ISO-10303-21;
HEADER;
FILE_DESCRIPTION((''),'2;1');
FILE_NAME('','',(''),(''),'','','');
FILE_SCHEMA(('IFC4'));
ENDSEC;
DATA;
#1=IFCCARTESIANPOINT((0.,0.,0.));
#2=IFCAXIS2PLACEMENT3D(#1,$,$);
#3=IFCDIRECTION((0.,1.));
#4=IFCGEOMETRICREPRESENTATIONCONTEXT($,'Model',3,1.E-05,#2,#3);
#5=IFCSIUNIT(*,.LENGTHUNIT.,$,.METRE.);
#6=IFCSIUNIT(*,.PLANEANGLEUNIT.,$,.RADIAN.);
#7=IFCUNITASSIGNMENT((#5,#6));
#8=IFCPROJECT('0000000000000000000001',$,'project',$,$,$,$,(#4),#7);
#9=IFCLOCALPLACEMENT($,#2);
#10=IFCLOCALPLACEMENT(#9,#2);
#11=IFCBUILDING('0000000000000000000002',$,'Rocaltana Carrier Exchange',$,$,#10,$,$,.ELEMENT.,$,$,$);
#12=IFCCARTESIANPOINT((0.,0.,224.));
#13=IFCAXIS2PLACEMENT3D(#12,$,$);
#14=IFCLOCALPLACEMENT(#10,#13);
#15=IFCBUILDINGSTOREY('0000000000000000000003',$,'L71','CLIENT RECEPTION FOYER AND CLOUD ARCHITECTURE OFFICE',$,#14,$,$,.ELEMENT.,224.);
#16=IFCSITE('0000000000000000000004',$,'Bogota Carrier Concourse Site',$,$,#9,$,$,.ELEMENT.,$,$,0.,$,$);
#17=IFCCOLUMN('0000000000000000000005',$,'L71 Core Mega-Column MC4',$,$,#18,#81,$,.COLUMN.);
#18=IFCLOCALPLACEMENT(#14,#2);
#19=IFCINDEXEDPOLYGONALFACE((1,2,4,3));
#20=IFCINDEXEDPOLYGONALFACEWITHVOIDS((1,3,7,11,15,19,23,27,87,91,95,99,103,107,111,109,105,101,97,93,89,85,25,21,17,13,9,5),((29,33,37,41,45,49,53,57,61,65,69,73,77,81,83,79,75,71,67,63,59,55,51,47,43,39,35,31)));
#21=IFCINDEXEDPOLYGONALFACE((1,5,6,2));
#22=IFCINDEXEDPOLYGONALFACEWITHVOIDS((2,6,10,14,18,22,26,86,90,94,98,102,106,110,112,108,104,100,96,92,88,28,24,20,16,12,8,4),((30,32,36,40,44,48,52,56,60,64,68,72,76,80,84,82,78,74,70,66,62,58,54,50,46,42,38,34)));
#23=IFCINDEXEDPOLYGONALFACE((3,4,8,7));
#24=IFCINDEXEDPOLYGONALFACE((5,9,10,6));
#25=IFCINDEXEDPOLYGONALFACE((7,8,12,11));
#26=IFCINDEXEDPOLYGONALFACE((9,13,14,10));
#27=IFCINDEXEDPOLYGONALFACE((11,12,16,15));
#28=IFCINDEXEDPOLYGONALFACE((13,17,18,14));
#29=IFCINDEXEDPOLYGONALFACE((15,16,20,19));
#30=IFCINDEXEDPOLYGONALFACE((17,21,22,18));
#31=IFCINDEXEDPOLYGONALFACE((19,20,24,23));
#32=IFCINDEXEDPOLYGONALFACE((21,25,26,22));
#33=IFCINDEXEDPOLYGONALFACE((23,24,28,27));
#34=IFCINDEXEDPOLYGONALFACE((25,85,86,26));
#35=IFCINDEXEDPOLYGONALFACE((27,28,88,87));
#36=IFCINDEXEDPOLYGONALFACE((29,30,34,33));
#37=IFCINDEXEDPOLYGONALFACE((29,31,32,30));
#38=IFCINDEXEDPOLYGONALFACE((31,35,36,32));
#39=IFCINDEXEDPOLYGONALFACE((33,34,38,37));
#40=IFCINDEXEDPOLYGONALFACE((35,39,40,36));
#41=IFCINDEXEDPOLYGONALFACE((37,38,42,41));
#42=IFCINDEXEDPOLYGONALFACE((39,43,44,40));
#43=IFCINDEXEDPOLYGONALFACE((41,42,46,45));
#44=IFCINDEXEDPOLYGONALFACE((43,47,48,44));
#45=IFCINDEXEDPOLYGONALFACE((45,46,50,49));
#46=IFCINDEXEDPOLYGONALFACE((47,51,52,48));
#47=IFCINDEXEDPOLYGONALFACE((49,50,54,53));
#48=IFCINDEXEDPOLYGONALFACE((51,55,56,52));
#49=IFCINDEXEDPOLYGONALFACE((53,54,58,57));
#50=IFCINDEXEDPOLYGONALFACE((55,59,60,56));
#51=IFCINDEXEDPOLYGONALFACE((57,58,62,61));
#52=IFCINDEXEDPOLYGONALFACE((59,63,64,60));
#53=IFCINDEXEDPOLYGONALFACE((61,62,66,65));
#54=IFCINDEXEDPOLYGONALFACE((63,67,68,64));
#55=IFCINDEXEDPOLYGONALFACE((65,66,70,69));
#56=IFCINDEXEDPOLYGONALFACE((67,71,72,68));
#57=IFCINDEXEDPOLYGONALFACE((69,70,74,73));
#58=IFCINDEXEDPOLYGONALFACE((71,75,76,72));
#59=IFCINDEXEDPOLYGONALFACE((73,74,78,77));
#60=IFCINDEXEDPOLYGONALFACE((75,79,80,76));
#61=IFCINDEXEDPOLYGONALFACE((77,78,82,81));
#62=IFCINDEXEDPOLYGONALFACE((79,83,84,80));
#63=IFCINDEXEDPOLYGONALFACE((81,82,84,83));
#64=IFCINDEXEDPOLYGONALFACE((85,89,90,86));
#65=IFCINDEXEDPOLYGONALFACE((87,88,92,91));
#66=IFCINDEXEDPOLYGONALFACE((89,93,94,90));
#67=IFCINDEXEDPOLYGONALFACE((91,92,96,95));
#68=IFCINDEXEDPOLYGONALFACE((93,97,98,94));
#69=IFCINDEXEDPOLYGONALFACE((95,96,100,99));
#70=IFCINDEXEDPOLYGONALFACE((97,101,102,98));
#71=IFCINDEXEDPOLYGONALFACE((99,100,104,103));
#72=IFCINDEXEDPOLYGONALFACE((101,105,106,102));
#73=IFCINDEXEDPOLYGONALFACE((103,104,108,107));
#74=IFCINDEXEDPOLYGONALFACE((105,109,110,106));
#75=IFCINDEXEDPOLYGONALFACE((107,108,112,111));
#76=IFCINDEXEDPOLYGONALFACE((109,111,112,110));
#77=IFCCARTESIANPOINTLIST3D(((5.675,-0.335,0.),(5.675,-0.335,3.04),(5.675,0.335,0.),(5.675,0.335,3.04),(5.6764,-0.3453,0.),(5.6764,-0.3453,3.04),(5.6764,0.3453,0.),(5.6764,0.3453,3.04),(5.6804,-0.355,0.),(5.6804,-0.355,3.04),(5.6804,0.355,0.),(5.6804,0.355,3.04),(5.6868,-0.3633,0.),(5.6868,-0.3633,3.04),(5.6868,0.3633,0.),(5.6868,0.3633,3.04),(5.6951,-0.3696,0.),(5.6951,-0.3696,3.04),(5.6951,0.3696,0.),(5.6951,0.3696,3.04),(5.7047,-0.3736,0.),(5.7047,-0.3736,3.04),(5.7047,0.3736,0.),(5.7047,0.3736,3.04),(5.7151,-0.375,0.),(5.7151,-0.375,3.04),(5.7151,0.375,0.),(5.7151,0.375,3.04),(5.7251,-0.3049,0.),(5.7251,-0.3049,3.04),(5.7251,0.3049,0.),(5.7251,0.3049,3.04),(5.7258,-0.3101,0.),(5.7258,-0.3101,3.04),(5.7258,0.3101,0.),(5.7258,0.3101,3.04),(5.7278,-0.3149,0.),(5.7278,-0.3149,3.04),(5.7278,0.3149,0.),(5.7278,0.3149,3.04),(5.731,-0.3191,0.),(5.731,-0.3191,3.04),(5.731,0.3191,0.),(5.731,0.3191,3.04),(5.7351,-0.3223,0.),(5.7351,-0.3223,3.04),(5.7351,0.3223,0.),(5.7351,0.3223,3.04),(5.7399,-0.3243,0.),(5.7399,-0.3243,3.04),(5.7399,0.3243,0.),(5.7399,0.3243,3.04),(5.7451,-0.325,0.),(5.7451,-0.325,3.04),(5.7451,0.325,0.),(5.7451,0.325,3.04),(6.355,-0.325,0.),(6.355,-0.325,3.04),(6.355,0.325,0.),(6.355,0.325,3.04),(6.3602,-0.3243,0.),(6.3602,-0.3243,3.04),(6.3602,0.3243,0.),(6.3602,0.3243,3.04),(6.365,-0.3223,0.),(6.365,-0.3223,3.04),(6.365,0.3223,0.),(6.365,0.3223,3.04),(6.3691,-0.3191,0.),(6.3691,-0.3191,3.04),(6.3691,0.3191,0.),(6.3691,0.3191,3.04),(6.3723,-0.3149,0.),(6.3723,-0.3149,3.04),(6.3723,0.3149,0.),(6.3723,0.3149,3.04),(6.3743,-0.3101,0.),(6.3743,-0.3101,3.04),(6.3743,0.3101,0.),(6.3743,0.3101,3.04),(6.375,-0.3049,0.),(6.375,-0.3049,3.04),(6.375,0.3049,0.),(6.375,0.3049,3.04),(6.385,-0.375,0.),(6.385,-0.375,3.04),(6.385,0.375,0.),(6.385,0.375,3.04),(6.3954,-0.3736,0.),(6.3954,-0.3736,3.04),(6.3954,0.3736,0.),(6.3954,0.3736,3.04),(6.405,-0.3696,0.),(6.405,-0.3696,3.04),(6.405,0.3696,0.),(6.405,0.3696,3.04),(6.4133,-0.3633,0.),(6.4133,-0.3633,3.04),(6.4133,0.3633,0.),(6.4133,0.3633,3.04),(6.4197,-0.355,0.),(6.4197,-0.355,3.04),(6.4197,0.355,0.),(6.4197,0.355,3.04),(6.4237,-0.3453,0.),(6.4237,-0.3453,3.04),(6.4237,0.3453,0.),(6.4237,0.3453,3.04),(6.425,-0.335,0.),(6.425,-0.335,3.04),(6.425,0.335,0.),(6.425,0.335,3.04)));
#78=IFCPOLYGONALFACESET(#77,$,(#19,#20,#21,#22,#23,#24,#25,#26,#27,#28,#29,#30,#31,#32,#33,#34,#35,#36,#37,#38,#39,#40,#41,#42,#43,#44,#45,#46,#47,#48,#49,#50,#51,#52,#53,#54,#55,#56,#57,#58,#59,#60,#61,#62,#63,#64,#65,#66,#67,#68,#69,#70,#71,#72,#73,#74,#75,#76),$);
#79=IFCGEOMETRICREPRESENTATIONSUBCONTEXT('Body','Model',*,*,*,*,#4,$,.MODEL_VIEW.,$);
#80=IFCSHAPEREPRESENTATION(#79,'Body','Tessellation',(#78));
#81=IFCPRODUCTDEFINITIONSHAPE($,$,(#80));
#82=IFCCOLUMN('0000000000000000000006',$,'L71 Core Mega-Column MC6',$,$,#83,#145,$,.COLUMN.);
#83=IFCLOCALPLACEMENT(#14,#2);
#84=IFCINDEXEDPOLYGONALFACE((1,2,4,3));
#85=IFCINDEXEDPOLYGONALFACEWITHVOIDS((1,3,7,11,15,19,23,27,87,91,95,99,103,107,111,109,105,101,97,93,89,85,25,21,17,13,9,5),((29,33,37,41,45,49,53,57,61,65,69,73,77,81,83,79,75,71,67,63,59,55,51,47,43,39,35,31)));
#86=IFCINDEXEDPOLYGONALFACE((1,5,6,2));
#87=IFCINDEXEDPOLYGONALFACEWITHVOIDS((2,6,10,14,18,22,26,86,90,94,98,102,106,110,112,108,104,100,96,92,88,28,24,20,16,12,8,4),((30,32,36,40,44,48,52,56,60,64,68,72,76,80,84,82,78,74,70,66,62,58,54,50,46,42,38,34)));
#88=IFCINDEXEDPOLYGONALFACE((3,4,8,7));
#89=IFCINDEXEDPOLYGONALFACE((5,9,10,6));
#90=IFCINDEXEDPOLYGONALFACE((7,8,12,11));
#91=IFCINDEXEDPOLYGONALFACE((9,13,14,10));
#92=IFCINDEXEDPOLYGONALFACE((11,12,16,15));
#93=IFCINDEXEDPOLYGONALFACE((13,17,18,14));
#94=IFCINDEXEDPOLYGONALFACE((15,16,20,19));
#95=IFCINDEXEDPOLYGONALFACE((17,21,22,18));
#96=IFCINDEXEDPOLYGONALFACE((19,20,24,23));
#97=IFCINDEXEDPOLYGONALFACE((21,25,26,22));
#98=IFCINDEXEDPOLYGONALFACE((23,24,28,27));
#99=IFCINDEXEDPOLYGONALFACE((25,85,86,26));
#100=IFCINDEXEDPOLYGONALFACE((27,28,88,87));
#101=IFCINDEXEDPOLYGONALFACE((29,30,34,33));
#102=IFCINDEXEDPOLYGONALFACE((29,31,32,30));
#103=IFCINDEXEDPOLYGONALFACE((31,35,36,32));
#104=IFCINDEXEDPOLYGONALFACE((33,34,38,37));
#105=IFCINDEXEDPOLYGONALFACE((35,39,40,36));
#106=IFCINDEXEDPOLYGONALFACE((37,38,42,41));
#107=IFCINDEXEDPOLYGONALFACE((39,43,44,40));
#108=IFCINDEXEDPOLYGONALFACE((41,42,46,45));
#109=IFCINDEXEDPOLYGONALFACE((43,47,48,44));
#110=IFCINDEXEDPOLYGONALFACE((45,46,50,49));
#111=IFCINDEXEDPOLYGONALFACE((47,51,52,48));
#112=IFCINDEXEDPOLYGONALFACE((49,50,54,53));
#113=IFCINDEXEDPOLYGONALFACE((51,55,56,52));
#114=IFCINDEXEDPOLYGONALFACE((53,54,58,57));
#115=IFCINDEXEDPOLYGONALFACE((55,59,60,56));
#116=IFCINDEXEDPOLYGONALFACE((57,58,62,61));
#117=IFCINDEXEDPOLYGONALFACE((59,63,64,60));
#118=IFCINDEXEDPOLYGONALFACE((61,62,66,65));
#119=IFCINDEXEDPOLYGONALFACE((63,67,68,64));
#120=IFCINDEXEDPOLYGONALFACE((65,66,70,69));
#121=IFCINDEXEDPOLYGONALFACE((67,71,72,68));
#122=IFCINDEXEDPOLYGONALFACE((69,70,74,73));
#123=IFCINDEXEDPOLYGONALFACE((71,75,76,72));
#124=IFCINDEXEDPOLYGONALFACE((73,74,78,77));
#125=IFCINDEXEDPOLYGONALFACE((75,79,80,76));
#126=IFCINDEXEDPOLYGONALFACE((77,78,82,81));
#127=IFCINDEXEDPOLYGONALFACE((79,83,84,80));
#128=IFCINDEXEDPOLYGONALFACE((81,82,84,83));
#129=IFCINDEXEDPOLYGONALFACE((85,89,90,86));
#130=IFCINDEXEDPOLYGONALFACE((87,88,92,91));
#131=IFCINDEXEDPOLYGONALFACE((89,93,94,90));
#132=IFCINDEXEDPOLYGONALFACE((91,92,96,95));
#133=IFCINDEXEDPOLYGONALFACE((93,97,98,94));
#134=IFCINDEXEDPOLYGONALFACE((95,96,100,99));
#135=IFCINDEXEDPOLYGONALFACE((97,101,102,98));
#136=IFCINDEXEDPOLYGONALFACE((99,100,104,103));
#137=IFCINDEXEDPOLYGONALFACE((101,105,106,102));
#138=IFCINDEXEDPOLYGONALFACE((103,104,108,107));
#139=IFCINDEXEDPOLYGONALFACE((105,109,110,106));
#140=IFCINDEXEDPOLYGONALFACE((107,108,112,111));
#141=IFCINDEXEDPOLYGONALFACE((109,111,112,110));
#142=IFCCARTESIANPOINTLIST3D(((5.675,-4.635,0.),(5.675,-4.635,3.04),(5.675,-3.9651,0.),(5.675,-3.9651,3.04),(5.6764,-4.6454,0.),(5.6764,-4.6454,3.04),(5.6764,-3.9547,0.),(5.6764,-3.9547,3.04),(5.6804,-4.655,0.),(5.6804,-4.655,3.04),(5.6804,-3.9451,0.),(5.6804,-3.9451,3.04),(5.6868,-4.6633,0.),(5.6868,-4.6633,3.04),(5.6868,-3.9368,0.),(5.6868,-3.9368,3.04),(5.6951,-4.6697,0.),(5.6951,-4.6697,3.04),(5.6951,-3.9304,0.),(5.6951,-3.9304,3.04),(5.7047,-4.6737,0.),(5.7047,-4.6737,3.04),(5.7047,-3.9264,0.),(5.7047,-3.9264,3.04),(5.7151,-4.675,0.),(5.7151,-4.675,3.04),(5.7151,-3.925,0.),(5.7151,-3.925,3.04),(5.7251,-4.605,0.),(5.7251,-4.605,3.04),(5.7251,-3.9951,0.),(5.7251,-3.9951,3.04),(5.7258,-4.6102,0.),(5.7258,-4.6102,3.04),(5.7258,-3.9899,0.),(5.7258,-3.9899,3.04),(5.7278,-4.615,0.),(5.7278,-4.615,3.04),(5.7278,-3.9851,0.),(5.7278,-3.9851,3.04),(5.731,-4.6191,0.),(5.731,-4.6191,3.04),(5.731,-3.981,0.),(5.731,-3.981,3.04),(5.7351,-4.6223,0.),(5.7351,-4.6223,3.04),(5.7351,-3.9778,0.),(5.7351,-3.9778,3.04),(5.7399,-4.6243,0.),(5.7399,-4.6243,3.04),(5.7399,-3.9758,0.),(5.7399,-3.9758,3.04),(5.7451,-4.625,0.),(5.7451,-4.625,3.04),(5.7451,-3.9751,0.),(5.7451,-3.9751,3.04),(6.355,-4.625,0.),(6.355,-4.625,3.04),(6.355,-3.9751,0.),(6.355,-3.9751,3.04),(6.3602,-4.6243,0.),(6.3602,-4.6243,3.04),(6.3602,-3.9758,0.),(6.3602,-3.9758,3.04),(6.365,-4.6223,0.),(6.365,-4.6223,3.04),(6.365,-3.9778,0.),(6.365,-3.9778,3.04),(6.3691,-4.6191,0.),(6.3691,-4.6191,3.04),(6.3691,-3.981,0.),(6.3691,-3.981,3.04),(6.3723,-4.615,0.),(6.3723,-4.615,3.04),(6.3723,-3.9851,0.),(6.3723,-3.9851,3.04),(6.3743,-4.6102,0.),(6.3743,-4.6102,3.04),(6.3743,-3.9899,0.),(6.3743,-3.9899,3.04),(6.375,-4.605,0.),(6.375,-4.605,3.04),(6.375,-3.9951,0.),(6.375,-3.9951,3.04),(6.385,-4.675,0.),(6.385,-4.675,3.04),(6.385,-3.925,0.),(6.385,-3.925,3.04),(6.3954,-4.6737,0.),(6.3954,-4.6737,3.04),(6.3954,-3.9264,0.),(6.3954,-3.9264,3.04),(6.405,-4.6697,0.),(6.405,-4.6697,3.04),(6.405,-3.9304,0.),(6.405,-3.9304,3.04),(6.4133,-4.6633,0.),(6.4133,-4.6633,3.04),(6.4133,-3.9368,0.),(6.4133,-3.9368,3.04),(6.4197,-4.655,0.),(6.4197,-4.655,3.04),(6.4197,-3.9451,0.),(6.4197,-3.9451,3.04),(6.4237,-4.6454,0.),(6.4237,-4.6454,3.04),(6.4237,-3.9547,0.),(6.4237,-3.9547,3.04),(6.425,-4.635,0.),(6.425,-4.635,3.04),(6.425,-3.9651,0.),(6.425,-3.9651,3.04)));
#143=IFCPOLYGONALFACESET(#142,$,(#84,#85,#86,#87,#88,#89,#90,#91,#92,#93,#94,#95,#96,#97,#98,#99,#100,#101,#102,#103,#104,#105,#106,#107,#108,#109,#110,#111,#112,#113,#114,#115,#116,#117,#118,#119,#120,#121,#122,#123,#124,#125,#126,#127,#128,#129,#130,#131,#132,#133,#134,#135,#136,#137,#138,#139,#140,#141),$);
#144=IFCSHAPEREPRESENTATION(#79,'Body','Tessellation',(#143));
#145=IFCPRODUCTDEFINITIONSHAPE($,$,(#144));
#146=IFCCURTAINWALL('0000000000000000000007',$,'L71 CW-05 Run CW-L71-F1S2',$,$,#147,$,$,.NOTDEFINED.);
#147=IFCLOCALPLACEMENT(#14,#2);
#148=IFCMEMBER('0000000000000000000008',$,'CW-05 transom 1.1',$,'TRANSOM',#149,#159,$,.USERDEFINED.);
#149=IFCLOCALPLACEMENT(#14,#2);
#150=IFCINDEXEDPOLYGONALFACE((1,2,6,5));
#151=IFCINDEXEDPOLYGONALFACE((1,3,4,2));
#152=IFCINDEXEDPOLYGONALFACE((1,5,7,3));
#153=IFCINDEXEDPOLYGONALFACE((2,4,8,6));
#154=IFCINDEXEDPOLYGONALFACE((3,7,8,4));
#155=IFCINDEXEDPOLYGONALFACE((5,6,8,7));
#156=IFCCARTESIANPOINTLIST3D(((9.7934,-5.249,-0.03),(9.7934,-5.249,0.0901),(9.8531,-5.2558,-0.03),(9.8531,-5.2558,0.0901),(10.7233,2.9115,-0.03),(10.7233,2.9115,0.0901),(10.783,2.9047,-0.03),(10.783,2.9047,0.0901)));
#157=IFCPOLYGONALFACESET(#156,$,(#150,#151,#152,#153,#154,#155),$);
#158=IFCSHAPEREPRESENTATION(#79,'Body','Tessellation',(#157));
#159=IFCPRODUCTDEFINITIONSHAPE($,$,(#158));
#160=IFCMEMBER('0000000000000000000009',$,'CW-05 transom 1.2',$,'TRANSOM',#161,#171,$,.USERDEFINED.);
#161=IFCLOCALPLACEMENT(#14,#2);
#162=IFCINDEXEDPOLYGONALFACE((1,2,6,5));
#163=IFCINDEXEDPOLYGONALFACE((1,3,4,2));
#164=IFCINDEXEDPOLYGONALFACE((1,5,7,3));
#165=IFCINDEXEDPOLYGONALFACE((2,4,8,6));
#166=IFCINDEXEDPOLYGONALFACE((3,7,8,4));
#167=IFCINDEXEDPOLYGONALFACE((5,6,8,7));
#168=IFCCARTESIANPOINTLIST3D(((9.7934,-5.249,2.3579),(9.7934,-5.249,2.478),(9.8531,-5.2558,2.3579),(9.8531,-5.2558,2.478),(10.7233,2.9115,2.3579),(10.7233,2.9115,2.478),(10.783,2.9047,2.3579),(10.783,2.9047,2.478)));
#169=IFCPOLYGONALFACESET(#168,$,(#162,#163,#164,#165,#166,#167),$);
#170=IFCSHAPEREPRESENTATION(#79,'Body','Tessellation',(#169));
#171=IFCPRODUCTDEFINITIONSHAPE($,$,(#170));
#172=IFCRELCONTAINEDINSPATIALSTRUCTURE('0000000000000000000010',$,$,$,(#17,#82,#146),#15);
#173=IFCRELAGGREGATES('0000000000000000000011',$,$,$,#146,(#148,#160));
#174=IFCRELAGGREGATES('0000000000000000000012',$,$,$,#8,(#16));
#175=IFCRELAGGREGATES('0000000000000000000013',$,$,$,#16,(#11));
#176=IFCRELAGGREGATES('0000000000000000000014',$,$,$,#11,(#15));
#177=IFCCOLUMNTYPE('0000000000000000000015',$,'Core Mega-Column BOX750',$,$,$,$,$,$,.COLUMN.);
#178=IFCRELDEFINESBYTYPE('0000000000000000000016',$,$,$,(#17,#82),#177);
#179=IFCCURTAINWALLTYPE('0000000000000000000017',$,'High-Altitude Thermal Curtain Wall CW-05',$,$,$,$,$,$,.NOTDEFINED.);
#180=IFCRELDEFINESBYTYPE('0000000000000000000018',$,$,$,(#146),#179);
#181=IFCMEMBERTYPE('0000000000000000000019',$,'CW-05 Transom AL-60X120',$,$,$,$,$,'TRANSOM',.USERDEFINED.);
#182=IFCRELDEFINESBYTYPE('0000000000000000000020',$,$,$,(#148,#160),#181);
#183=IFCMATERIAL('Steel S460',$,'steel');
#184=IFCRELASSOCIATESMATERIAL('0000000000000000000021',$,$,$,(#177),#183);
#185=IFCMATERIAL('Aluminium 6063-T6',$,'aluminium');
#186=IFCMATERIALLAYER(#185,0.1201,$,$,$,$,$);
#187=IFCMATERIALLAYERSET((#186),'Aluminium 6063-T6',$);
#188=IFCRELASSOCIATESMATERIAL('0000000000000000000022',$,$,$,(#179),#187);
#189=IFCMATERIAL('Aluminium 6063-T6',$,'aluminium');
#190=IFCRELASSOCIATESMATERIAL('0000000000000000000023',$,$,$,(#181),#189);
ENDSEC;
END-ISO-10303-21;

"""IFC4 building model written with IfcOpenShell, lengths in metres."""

from ifc_helpers import new_model, si_unit, direction, frame, origin, origin_2d, place, context, subcontext, project, spatial, rectangle, hollow_rectangle, extrude, material, layer, layer_set, material_profile, profile_set, type_object, element, aggregate, save


model = new_model("IFC4")

# Units and contexts
model_context = context("Model", 3, precision=1e-05, world=origin(), true_north=direction((0.0, 1.0)))
body_context = subcontext(model_context, "Body", "Model", "MODEL_VIEW")
ifc_project = project(units=[si_unit("LENGTHUNIT", "METRE"), si_unit("PLANEANGLEUNIT", "RADIAN")], contexts=[model_context])

# Site, building, storey
site_placement = place(None, origin())
site = spatial("IfcSite", under=ifc_project, at=site_placement, Name="Bogota Carrier Concourse Site", CompositionType="ELEMENT", RefElevation=0.0)
building_placement = place(site_placement, origin())
building = spatial("IfcBuilding", under=site, at=building_placement, Name="Rocaltana Carrier Exchange", CompositionType="ELEMENT")
storey_placement = place(building_placement, frame((0.0, 0.0, 224.0)))
storey = spatial("IfcBuildingStorey", under=building, at=storey_placement, Name="L71", Description="CLIENT RECEPTION FOYER AND CLOUD ARCHITECTURE OFFICE", CompositionType="ELEMENT", Elevation=224.0)

# Columns
ifc_material_1 = material(Name="Steel S460", Category="steel")
ifc_material_profile_1 = material_profile(ifc_material_1, hollow_rectangle(XDim=0.75, YDim=0.75, WallThickness=0.05, InnerFilletRadius=0.02, OuterFilletRadius=0.04, at=origin_2d()), Name="BOX750X750X50")
ifc_profile_set_1 = profile_set([ifc_material_profile_1], Name="Steel S460")
column_type = type_object("IfcColumnType", Name="Core Mega-Column BOX750", PredefinedType="COLUMN", material=ifc_profile_set_1)
for number, where, z_axis, x_axis, name in (
    (1, (6.05, 0.0, 0.0), (0.0, 0.0, 1.0), (1.0, 0.0, 0.0), "L71 Core Mega-Column MC4"),
    (2, (6.05, -4.3, 0.0), (0.0, 0.0, 1.0), (1.0, 0.0, 0.0), "L71 Core Mega-Column MC6"),
):
    element("IfcColumn", number, at=place(storey_placement, frame(where, z_axis=z_axis, x_axis=x_axis)), inside=storey, type_object=column_type, Name=name, PredefinedType="COLUMN", context=body_context, shape_type="SweptSolid", body=[
        extrude(hollow_rectangle(XDim=0.75, YDim=0.75, WallThickness=0.05, InnerFilletRadius=0.02, OuterFilletRadius=0.04, at=origin_2d()), origin(), (0.0, 0.0, 1.0), 3.04),
    ])

# Curtain wall, members
ifc_material_2 = material(Name="Aluminium 6063-T6", Category="aluminium")
ifc_layer_1 = layer(ifc_material_2, 0.1201)
ifc_layer_set_1 = layer_set([ifc_layer_1], Name="Aluminium 6063-T6")
curtain_wall_type = type_object("IfcCurtainWallType", Name="High-Altitude Thermal Curtain Wall CW-05", PredefinedType="NOTDEFINED", material=ifc_layer_set_1)
curtain_wall_placement = place(storey_placement, origin())
curtain_wall = element("IfcCurtainWall", 3, at=curtain_wall_placement, inside=storey, type_object=curtain_wall_type, Name="L71 CW-05 Run CW-L71-F1S2", PredefinedType="NOTDEFINED")
ifc_material_3 = material(Name="Aluminium 6063-T6", Category="aluminium")
ifc_material_profile_2 = material_profile(ifc_material_3, rectangle(XDim=0.0601, YDim=0.1201, at=origin_2d()), Name="AL-60X120")
ifc_profile_set_2 = profile_set([ifc_material_profile_2], Name="Aluminium 6063-T6")
member_type = type_object("IfcMemberType", Name="CW-05 Transom AL-60X120", ElementType="TRANSOM", PredefinedType="USERDEFINED", material=ifc_profile_set_2)
member_1_placement = place(storey_placement, frame((9.8232, -5.2524, 0.03), z_axis=(0.11322, 0.99357, 0.0), x_axis=(-0.99357, 0.11322, 0.0)))
member_1 = element("IfcMember", 4, at=member_1_placement, type_object=member_type, Name="CW-05 transom 1.1", ObjectType="TRANSOM", PredefinedType="USERDEFINED", context=body_context, shape_type="SweptSolid", body=[
    extrude(rectangle(XDim=0.0601, YDim=0.1201, at=origin_2d()), origin(), (0.0, 0.0, 1.0), 8.2134),
])
member_2_placement = place(storey_placement, frame((9.8232, -5.2524, 2.418), z_axis=(0.11322, 0.99357, 0.0), x_axis=(-0.99357, 0.11322, 0.0)))
member_2 = element("IfcMember", 5, at=member_2_placement, type_object=member_type, Name="CW-05 transom 1.2", ObjectType="TRANSOM", PredefinedType="USERDEFINED", context=body_context, shape_type="SweptSolid", body=[
    extrude(rectangle(XDim=0.0601, YDim=0.1201, at=origin_2d()), origin(), (0.0, 0.0, 1.0), 8.2134),
])

aggregate(curtain_wall, [member_1, member_2])

save(model, "model.ifc")
